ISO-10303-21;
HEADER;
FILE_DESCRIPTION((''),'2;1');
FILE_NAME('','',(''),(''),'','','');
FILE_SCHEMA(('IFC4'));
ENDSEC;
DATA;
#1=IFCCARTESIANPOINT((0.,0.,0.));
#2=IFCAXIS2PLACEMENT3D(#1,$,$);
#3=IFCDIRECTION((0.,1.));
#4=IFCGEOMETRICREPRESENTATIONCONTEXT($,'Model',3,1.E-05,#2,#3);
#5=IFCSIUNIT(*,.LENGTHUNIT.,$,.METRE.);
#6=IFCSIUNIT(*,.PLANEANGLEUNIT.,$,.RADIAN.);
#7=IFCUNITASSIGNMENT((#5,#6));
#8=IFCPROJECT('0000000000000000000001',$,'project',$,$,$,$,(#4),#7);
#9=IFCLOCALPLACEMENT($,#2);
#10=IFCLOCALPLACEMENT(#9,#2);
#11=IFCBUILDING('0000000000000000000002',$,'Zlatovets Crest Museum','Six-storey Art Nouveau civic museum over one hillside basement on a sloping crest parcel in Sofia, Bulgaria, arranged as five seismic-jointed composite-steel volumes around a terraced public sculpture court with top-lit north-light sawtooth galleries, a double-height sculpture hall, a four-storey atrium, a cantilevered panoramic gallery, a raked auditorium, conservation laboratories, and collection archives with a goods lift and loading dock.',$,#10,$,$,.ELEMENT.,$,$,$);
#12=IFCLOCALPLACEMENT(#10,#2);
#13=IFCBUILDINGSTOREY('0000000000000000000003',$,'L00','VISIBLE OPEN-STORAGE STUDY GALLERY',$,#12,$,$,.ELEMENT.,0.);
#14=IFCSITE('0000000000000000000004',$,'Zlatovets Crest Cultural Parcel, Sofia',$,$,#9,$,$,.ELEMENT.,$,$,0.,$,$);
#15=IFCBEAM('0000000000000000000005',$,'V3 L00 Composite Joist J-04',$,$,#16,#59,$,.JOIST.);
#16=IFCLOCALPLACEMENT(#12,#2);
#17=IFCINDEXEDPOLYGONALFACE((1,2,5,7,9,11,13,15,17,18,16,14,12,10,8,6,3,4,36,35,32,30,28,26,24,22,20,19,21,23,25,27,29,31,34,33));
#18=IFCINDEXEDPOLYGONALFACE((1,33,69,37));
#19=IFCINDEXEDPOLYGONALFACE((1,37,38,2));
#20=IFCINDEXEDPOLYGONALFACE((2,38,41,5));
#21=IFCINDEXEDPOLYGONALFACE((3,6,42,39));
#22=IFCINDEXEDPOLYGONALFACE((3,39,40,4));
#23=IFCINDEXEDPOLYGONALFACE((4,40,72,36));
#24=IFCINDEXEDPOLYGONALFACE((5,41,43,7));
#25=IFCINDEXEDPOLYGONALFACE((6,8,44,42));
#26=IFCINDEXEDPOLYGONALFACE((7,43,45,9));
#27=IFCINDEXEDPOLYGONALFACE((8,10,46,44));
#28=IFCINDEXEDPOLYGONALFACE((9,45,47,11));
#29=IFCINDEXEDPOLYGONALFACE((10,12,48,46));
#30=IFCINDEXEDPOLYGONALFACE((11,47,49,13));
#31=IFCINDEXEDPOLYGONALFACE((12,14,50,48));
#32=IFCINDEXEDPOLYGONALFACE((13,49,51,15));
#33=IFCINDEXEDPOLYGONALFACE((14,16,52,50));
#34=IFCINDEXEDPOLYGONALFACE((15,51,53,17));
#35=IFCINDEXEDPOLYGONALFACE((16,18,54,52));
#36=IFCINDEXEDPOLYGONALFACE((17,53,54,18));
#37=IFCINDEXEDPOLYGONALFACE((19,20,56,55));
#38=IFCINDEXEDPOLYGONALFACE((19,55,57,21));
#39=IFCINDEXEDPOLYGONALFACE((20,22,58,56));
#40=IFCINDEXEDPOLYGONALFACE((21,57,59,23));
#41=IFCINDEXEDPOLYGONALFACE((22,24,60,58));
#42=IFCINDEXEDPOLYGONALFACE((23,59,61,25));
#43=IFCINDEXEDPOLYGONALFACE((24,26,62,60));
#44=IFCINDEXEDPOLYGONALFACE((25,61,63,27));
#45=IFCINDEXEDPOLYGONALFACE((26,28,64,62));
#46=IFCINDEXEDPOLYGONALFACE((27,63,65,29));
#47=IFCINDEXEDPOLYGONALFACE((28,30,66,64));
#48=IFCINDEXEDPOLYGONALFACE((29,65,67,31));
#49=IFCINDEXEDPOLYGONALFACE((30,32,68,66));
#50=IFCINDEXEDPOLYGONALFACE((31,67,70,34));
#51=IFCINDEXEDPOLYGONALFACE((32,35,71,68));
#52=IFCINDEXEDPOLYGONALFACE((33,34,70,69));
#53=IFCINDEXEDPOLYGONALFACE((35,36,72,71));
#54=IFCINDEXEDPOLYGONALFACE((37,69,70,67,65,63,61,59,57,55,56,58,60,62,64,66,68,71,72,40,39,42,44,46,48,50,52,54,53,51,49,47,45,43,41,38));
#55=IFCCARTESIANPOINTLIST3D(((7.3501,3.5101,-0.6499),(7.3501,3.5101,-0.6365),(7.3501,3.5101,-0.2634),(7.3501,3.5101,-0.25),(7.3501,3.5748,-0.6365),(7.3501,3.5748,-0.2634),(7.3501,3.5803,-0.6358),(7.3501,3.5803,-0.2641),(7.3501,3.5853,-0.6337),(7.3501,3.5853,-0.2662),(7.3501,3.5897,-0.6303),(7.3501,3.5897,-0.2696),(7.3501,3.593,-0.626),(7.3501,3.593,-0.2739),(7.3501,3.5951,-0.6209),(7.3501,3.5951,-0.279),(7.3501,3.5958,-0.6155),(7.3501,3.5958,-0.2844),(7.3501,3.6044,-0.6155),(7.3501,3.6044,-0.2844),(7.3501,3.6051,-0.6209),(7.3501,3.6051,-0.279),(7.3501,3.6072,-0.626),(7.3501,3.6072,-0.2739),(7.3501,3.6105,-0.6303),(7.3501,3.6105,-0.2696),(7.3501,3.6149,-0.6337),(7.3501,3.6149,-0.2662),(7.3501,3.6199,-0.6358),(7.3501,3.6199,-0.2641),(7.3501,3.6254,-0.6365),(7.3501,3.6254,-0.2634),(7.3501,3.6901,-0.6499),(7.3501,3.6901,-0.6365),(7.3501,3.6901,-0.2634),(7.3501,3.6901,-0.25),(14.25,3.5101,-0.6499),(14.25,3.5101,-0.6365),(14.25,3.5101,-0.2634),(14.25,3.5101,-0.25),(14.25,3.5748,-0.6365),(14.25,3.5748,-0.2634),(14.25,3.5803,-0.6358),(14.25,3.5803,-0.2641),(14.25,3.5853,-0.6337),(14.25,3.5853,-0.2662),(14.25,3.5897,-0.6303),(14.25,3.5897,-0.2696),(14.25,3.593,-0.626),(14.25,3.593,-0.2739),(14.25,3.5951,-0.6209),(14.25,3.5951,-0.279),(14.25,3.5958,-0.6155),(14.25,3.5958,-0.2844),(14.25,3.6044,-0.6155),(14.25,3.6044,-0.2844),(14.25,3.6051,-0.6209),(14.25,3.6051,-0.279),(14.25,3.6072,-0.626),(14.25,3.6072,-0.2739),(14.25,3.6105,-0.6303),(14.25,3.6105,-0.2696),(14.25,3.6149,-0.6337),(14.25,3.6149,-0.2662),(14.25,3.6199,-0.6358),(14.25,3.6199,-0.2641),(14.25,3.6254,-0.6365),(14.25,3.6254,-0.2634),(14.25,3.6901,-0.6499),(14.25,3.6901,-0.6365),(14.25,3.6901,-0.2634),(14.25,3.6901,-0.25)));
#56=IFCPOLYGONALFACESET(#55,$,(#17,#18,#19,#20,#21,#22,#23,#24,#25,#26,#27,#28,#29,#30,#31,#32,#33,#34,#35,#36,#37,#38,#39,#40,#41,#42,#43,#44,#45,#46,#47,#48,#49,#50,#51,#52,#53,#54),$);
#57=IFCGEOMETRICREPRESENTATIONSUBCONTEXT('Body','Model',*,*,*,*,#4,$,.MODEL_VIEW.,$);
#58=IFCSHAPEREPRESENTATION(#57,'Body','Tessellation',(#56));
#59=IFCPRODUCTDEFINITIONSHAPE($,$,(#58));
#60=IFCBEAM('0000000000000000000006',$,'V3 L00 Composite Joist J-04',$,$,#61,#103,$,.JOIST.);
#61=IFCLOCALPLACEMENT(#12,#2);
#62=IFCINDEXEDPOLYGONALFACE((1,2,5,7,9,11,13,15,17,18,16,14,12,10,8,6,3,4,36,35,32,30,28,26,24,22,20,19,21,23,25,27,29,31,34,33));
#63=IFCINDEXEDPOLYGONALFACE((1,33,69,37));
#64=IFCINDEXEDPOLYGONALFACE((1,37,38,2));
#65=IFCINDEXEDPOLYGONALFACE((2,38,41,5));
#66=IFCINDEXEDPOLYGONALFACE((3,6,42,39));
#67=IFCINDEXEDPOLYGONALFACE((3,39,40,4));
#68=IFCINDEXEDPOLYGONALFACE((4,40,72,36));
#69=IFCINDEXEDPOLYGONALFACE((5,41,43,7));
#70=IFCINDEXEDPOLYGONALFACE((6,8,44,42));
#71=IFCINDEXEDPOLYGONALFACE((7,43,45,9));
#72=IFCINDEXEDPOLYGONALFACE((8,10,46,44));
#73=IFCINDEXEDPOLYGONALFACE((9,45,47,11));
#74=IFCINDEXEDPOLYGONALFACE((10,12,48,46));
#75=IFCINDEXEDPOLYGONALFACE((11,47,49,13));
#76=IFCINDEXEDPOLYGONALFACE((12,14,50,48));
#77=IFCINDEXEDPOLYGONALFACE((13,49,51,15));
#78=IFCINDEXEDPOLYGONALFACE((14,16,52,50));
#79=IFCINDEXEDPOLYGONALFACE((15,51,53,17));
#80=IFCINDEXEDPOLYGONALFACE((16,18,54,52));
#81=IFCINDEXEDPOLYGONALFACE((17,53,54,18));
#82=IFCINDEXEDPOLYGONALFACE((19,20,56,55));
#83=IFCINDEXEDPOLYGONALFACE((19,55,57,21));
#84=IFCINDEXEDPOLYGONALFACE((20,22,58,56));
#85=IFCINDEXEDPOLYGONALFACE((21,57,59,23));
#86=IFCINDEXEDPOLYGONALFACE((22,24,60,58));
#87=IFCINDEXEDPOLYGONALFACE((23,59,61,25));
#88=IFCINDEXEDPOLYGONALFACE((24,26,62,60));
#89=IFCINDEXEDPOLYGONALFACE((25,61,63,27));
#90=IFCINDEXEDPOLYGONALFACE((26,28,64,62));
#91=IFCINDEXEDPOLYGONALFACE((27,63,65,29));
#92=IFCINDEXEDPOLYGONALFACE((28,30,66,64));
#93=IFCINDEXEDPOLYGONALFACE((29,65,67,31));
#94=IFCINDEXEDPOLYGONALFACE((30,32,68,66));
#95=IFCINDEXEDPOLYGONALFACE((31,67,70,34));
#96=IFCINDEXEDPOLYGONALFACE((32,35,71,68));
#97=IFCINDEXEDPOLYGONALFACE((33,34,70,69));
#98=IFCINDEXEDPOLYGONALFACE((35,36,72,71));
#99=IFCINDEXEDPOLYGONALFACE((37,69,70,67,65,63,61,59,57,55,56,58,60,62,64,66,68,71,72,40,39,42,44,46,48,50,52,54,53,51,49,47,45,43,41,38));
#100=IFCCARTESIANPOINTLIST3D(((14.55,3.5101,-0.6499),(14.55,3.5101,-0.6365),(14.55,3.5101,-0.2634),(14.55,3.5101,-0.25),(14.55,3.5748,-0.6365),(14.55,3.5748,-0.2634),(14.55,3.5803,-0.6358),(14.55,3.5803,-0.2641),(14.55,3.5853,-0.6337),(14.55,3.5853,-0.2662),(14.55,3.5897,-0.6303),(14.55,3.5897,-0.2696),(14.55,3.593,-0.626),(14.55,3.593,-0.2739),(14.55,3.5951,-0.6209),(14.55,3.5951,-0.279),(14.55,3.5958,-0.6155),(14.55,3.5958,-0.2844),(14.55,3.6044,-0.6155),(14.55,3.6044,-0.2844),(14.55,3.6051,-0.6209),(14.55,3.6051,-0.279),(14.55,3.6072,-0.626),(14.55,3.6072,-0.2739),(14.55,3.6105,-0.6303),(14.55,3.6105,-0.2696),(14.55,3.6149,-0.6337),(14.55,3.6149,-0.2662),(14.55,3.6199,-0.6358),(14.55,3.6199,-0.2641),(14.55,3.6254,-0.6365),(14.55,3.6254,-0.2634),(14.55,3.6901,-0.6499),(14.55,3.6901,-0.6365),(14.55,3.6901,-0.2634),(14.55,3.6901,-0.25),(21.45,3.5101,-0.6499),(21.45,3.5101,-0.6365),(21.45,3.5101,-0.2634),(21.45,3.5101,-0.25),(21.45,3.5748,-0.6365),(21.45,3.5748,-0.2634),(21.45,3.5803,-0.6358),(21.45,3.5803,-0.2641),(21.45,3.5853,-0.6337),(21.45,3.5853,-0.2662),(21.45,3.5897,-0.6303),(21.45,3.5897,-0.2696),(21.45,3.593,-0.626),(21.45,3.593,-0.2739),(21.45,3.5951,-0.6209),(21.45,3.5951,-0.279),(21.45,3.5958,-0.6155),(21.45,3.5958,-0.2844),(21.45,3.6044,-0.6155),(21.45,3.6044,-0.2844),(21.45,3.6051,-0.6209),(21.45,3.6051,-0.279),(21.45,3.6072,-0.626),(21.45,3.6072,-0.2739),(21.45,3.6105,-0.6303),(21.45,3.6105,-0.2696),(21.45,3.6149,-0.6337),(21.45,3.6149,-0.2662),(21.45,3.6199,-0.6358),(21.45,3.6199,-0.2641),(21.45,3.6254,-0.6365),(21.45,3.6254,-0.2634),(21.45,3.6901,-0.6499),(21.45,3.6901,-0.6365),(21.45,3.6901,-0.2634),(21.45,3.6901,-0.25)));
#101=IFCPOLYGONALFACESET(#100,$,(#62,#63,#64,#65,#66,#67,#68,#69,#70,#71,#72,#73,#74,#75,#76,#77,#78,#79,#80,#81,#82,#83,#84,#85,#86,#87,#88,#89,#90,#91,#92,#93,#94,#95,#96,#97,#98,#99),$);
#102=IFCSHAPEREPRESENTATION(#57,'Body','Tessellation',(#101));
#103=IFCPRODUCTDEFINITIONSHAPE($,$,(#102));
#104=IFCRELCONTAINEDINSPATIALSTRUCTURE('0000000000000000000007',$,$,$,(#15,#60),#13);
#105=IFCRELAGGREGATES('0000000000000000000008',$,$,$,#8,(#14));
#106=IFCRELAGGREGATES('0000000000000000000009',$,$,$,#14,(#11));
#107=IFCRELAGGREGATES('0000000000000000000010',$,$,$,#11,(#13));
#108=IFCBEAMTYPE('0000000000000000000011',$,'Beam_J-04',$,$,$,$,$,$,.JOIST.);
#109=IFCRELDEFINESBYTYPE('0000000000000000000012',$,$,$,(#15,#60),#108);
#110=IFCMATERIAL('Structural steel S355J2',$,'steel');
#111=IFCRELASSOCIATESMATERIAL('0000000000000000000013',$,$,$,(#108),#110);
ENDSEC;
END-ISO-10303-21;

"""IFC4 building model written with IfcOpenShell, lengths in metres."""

from ifc_helpers import new_model, si_unit, direction, frame, origin, origin_2d, place, context, subcontext, project, spatial, i_section, extrude, material, material_profile, profile_set, type_object, element, save


model = new_model("IFC4")

# Units and contexts
model_context = context("Model", 3, precision=1e-05, world=origin(), true_north=direction((0.0, 1.0)))
body_context = subcontext(model_context, "Body", "Model", "MODEL_VIEW")
ifc_project = project(units=[si_unit("LENGTHUNIT", "METRE"), si_unit("PLANEANGLEUNIT", "RADIAN")], contexts=[model_context])

# Site, building, storey
site_placement = place(None, origin())
site = spatial("IfcSite", under=ifc_project, at=site_placement, Name="Zlatovets Crest Cultural Parcel, Sofia", CompositionType="ELEMENT", RefElevation=0.0)
building_placement = place(site_placement, origin())
building = spatial("IfcBuilding", under=site, at=building_placement, Name="Zlatovets Crest Museum", Description="Six-storey Art Nouveau civic museum over one hillside basement on a sloping crest parcel in Sofia, Bulgaria, arranged as five seismic-jointed composite-steel volumes around a terraced public sculpture court with top-lit north-light sawtooth galleries, a double-height sculpture hall, a four-storey atrium, a cantilevered panoramic gallery, a raked auditorium, conservation laboratories, and collection archives with a goods lift and loading dock.", CompositionType="ELEMENT")
storey_placement = place(building_placement, origin())
storey = spatial("IfcBuildingStorey", under=building, at=storey_placement, Name="L00", Description="VISIBLE OPEN-STORAGE STUDY GALLERY", CompositionType="ELEMENT", Elevation=0.0)

# Shared definitions
ifc_material_1 = material(Name="Structural steel S355J2", Category="steel")

# Beams
ifc_material_profile_1 = material_profile(ifc_material_1, i_section(OverallWidth=0.1799, OverallDepth=0.3999, WebThickness=0.0085, FlangeThickness=0.0134, FilletRadius=0.021, at=origin_2d()), Name="IPE 400")
ifc_profile_set_1 = profile_set([ifc_material_profile_1], Name="Structural steel S355J2")
beam_type_1 = type_object("IfcBeamType", Name="Beam_J-04", PredefinedType="JOIST", material=ifc_profile_set_1)
for number, where, z_axis, x_axis, name in (
    (1, (7.3501, 3.6001, -0.45), (1.0, 0.0, 0.0), (0.0, 1.0, 0.0), "V3 L00 Composite Joist J-04"),
    (2, (14.55, 3.6001, -0.45), (1.0, 0.0, 0.0), (0.0, 1.0, 0.0), "V3 L00 Composite Joist J-04"),
):
    element("IfcBeam", number, at=place(storey_placement, frame(where, z_axis=z_axis, x_axis=x_axis)), inside=storey, type_object=beam_type_1, Name=name, PredefinedType="JOIST", context=body_context, shape_type="SweptSolid", body=[
        extrude(i_section(OverallWidth=0.1799, OverallDepth=0.3999, WebThickness=0.0085, FlangeThickness=0.0134, FilletRadius=0.021, at=origin_2d()), origin(), (0.0, 0.0, 1.0), 6.8999),
    ])

save(model, "model.ifc")
